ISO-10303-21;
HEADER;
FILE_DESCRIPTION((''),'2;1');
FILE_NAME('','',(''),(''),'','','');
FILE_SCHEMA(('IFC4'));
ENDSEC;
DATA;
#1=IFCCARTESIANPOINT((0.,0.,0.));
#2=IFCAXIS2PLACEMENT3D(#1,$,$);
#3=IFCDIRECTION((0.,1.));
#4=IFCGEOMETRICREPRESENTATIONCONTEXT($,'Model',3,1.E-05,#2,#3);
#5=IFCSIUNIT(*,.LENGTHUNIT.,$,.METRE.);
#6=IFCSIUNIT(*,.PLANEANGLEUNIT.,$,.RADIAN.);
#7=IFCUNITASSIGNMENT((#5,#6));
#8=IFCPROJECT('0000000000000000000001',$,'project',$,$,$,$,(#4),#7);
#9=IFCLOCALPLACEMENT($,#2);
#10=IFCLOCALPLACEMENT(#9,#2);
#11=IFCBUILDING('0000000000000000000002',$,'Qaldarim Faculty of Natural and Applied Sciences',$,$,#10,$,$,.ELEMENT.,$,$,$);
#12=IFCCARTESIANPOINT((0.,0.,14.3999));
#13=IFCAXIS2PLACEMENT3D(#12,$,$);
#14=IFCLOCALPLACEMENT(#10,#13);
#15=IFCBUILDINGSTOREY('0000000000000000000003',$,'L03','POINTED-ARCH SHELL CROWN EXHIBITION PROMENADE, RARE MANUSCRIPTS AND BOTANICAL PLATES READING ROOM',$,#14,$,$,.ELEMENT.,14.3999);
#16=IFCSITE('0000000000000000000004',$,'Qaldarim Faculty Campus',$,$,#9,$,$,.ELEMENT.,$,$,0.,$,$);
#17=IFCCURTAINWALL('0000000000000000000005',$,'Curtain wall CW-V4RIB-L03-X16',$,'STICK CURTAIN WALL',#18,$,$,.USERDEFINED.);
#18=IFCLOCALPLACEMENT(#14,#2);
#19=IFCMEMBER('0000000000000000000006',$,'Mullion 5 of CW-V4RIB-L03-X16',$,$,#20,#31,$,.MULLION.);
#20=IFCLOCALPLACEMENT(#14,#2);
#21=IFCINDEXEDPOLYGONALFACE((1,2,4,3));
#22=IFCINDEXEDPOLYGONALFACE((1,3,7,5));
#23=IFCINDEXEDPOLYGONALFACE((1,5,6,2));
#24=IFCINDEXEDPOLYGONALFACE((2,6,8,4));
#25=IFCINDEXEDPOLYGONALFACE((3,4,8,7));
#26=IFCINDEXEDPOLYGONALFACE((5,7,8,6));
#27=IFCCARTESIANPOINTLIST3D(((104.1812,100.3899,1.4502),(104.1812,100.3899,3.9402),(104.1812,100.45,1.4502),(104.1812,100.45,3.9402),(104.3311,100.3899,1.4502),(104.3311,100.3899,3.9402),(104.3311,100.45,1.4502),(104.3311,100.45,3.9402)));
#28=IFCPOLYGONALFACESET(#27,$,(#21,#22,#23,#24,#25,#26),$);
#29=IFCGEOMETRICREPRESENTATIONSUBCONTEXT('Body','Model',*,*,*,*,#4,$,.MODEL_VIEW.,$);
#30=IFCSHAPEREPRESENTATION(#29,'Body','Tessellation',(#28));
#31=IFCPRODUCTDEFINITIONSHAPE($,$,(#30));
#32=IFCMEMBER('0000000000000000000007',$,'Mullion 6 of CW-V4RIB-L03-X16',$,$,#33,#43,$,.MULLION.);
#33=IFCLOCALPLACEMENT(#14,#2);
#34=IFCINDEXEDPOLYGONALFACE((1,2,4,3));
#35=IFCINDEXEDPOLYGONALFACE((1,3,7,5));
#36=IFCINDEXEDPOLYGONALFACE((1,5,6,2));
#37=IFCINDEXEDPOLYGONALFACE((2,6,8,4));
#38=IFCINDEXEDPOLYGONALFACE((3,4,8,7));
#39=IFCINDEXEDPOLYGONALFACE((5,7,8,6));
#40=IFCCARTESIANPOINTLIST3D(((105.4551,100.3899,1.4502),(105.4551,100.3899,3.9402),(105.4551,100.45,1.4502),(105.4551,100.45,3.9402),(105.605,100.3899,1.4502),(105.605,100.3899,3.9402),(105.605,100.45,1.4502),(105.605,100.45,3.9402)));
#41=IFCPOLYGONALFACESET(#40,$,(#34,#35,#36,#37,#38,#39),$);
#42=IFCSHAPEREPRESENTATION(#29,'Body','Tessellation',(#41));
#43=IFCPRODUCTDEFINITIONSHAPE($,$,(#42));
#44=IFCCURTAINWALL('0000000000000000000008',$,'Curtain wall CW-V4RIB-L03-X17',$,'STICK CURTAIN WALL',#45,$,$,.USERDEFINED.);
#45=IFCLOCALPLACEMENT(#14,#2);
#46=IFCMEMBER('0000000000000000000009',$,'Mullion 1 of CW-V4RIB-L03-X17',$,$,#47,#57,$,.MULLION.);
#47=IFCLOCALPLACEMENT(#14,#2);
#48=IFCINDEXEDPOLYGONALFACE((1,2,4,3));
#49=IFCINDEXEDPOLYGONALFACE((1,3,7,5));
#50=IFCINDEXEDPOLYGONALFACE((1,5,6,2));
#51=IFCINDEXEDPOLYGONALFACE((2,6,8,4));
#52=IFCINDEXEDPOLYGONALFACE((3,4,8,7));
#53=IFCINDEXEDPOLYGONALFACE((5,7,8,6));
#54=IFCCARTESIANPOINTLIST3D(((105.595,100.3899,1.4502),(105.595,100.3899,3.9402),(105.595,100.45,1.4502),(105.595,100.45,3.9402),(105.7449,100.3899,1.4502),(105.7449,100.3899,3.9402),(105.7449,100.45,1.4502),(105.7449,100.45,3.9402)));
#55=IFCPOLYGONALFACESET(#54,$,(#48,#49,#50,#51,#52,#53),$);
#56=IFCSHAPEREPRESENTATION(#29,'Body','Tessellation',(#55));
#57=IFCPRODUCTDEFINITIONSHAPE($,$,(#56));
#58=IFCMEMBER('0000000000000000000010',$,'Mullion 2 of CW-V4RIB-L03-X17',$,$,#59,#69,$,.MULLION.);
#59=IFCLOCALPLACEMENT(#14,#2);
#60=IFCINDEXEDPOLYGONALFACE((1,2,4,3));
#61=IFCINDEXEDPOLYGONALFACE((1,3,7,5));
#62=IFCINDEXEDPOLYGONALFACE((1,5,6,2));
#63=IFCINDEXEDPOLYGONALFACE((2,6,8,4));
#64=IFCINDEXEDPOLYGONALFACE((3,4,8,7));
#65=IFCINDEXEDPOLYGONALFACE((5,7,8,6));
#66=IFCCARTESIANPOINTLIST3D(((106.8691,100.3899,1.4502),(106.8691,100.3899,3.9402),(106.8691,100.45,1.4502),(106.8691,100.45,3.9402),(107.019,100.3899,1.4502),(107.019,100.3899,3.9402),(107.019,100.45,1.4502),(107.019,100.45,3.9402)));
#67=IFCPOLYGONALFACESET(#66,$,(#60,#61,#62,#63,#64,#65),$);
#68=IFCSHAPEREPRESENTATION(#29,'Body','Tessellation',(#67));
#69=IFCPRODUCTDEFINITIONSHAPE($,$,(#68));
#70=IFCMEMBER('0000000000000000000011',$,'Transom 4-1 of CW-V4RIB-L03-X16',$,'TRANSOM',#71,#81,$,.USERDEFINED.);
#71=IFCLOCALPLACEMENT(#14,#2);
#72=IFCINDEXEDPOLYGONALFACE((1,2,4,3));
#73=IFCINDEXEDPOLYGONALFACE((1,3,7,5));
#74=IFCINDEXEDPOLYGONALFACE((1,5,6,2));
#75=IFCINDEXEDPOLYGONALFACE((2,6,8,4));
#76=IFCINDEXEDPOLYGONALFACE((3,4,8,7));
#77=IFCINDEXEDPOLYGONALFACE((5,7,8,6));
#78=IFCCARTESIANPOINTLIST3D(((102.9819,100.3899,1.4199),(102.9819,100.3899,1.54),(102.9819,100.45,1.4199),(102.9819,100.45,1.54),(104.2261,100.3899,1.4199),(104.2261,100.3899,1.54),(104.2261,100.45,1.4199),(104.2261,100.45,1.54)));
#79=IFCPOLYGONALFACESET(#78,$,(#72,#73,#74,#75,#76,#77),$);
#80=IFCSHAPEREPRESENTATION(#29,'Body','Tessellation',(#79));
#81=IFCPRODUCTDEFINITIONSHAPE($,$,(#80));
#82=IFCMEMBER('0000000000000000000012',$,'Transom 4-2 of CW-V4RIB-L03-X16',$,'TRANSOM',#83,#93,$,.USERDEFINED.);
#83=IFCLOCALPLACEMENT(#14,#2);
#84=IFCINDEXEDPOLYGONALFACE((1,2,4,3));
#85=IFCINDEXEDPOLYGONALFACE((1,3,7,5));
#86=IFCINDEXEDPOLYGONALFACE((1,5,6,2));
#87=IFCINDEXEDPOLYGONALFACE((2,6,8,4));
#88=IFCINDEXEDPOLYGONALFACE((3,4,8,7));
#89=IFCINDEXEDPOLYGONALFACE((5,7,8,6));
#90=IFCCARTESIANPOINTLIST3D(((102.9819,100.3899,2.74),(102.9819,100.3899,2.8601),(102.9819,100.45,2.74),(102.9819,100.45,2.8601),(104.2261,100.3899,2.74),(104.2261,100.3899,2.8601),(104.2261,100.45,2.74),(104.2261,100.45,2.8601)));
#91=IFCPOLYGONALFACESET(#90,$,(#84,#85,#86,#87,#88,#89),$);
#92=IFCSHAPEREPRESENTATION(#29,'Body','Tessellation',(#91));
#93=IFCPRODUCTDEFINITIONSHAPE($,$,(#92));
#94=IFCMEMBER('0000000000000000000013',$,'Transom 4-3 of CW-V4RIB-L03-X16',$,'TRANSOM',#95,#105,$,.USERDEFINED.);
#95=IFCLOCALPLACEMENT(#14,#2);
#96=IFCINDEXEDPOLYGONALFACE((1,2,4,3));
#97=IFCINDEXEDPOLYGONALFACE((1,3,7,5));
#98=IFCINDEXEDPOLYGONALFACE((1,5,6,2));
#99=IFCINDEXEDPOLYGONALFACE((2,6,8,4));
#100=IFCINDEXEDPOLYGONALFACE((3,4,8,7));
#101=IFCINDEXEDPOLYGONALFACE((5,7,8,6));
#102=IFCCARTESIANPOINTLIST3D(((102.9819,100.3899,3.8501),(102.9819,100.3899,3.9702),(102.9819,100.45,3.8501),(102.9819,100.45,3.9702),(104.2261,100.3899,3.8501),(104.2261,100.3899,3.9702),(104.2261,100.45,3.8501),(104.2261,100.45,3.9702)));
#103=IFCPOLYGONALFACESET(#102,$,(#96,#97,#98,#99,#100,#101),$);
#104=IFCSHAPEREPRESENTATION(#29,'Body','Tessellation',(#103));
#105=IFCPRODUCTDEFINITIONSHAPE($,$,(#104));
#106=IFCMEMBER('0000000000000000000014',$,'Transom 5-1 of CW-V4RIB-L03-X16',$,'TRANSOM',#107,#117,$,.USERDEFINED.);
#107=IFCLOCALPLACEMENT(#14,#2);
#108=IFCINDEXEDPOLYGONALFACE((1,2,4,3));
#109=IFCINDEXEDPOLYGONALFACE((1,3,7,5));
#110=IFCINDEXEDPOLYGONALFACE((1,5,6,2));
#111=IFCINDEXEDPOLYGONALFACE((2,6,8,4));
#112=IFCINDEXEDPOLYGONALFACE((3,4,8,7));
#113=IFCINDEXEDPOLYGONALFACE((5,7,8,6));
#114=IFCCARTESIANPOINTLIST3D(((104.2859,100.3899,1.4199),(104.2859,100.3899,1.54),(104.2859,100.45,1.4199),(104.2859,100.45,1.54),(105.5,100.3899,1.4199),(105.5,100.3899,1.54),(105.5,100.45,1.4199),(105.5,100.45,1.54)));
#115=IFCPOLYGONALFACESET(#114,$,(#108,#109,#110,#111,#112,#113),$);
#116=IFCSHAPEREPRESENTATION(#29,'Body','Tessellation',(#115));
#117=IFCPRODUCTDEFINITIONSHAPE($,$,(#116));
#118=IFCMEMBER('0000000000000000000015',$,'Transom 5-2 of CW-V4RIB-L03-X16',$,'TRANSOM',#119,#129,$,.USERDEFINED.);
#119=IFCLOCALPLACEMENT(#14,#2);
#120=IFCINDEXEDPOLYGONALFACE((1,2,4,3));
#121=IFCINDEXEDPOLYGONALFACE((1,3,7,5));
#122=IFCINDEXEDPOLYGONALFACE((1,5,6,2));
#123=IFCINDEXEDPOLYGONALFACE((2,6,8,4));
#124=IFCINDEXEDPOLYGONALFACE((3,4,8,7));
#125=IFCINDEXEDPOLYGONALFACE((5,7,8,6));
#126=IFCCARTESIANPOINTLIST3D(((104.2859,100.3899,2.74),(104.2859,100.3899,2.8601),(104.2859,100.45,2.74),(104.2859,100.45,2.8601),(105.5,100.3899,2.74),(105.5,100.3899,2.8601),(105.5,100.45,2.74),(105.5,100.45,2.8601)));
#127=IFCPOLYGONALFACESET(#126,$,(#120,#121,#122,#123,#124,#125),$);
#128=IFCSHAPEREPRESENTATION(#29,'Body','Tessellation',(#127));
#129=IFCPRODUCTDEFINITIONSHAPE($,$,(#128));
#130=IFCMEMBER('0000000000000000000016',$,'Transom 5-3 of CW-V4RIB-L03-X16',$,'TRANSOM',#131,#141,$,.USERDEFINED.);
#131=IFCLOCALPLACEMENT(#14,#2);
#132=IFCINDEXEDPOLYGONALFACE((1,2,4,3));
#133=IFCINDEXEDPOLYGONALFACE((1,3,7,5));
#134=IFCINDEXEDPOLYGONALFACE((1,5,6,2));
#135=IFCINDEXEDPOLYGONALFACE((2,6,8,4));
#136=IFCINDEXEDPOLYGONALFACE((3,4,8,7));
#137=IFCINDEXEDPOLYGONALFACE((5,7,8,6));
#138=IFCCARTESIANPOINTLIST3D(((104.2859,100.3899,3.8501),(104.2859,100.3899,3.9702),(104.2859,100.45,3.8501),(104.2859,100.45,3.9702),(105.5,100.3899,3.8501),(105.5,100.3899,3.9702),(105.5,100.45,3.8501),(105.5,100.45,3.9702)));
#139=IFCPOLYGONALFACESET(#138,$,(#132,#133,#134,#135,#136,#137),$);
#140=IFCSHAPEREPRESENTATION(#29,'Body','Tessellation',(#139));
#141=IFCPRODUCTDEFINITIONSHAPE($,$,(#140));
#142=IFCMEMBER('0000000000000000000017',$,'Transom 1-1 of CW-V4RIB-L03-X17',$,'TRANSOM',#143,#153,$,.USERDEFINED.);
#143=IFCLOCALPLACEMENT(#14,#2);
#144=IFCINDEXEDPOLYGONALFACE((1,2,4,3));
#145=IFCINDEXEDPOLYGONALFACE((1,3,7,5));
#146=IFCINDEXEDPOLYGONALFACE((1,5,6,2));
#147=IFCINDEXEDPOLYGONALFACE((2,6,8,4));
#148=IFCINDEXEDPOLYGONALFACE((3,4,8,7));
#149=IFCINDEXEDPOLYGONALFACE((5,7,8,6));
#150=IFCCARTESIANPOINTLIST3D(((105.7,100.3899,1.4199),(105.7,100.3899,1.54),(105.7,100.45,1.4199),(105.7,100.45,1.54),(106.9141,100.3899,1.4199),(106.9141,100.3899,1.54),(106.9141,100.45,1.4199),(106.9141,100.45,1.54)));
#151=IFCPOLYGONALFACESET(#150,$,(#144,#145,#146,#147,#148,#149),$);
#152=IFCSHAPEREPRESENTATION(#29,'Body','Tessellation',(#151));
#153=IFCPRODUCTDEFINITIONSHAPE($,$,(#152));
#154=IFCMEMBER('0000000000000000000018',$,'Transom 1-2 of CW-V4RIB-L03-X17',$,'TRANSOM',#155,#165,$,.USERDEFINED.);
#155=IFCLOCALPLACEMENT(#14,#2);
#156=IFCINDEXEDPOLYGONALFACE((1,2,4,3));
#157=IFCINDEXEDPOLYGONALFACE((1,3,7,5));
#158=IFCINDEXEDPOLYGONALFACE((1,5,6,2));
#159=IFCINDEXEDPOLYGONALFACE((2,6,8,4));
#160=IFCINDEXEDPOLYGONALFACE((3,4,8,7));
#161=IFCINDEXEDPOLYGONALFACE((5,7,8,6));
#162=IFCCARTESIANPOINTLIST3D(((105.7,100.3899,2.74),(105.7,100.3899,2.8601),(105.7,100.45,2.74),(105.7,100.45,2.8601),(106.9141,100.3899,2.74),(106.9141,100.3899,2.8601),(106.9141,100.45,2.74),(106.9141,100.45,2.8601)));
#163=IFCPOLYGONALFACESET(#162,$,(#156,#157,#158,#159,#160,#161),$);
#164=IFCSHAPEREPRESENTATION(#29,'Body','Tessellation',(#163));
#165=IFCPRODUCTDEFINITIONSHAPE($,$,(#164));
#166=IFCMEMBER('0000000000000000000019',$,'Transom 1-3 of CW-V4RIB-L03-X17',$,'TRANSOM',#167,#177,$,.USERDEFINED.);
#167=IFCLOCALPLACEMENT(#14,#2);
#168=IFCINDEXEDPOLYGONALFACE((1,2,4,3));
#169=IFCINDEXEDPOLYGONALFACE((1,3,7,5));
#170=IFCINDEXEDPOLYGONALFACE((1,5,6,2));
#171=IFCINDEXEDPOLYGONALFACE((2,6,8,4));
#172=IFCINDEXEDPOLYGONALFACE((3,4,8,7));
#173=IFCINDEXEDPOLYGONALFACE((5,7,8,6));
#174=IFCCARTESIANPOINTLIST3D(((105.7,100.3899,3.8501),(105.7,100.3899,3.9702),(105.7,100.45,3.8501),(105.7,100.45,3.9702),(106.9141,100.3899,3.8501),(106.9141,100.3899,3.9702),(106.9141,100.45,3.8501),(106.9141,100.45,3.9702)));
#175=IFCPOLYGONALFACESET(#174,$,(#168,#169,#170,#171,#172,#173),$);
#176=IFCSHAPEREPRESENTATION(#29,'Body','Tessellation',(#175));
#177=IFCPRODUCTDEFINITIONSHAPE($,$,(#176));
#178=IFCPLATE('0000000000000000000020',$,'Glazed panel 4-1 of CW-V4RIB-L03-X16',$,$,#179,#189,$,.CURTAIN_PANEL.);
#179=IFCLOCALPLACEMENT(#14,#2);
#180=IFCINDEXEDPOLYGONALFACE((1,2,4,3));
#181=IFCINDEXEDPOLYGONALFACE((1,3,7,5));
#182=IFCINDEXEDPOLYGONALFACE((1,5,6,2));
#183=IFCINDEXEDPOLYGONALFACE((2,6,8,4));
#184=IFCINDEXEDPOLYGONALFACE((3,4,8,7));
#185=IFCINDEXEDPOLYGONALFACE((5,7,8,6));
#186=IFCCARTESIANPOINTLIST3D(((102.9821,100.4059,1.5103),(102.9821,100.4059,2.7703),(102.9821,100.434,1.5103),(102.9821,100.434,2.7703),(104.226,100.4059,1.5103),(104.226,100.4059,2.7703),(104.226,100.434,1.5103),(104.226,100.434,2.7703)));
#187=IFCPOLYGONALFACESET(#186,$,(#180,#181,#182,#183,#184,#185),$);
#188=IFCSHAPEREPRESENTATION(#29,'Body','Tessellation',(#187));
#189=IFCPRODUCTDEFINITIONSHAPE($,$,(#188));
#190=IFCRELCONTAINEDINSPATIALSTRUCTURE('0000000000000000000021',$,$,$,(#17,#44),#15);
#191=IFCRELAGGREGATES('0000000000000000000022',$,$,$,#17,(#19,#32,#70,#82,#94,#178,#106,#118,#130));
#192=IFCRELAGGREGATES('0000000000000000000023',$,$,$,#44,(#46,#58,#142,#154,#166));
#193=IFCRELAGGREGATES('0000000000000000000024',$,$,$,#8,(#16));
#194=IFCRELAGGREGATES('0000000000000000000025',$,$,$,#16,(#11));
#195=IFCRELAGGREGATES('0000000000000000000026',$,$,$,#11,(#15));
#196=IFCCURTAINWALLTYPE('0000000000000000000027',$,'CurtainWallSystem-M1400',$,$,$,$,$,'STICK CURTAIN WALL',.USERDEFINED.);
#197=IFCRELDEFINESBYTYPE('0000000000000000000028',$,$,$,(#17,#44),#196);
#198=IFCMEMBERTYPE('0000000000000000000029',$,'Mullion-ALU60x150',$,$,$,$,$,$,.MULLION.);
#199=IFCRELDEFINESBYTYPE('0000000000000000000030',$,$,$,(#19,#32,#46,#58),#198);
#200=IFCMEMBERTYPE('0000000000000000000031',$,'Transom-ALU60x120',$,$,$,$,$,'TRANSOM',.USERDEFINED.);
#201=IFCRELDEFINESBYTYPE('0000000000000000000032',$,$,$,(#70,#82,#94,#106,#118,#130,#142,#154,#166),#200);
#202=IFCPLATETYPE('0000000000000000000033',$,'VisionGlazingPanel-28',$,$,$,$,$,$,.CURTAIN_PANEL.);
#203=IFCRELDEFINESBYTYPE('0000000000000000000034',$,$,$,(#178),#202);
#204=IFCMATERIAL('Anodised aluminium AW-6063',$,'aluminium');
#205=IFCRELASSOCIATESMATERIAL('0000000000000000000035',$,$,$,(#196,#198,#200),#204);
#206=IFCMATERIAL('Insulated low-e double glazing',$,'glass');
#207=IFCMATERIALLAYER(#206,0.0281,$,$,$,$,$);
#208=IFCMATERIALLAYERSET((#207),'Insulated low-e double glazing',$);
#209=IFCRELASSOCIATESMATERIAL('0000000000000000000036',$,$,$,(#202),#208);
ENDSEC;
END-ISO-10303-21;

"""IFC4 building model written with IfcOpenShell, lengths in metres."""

from ifc_helpers import new_model, si_unit, direction, frame, origin, origin_2d, place, context, subcontext, project, spatial, rectangle, extrude, material, layer, layer_set, material_profile, profile_set, type_object, element, aggregate, save


model = new_model("IFC4")

# Units and contexts
model_context = context("Model", 3, precision=1e-05, world=origin(), true_north=direction((0.0, 1.0)))
body_context = subcontext(model_context, "Body", "Model", "MODEL_VIEW")
ifc_project = project(units=[si_unit("LENGTHUNIT", "METRE"), si_unit("PLANEANGLEUNIT", "RADIAN")], contexts=[model_context])

# Site, building, storey
site_placement = place(None, origin())
site = spatial("IfcSite", under=ifc_project, at=site_placement, Name="Qaldarim Faculty Campus", CompositionType="ELEMENT", RefElevation=0.0)
building_placement = place(site_placement, origin())
building = spatial("IfcBuilding", under=site, at=building_placement, Name="Qaldarim Faculty of Natural and Applied Sciences", CompositionType="ELEMENT")
storey_placement = place(building_placement, frame((0.0, 0.0, 14.3999)))
storey = spatial("IfcBuildingStorey", under=building, at=storey_placement, Name="L03", Description="POINTED-ARCH SHELL CROWN EXHIBITION PROMENADE, RARE MANUSCRIPTS AND BOTANICAL PLATES READING ROOM", CompositionType="ELEMENT", Elevation=14.3999)

# Curtain walls, members
ifc_material_1 = material(Name="Anodised aluminium AW-6063", Category="aluminium")
curtain_wall_type = type_object("IfcCurtainWallType", Name="CurtainWallSystem-M1400", ElementType="STICK CURTAIN WALL", PredefinedType="USERDEFINED", material=ifc_material_1)
curtain_wall_1_placement = place(storey_placement, origin())
curtain_wall_1 = element("IfcCurtainWall", 1, at=curtain_wall_1_placement, inside=storey, type_object=curtain_wall_type, Name="Curtain wall CW-V4RIB-L03-X16", ObjectType="STICK CURTAIN WALL", PredefinedType="USERDEFINED")
ifc_material_profile_1 = material_profile(ifc_material_1, rectangle(XDim=0.0601, YDim=0.1499, at=origin_2d()), Name="ALU-M60x150")
ifc_profile_set_1 = profile_set([ifc_material_profile_1], Name="Anodised aluminium AW-6063")
member_type_1 = type_object("IfcMemberType", Name="Mullion-ALU60x150", PredefinedType="MULLION", material=ifc_profile_set_1)
member_1_placement = place(storey_placement, frame((104.2561, 100.4199, 1.4502), z_axis=(0.0, 0.0, 1.0), x_axis=(0.0, 1.0, 0.0)))
member_1 = element("IfcMember", 2, at=member_1_placement, type_object=member_type_1, Name="Mullion 5 of CW-V4RIB-L03-X16", PredefinedType="MULLION", context=body_context, shape_type="SweptSolid", body=[
    extrude(rectangle(XDim=0.0601, YDim=0.1499, at=origin_2d()), origin(), (0.0, 0.0, 1.0), 2.49),
])
member_2_placement = place(storey_placement, frame((105.53, 100.4199, 1.4502), z_axis=(0.0, 0.0, 1.0), x_axis=(0.0, 1.0, 0.0)))
member_2 = element("IfcMember", 3, at=member_2_placement, type_object=member_type_1, Name="Mullion 6 of CW-V4RIB-L03-X16", PredefinedType="MULLION", context=body_context, shape_type="SweptSolid", body=[
    extrude(rectangle(XDim=0.0601, YDim=0.1499, at=origin_2d()), origin(), (0.0, 0.0, 1.0), 2.49),
])
curtain_wall_2_placement = place(storey_placement, origin())
curtain_wall_2 = element("IfcCurtainWall", 4, at=curtain_wall_2_placement, inside=storey, type_object=curtain_wall_type, Name="Curtain wall CW-V4RIB-L03-X17", ObjectType="STICK CURTAIN WALL", PredefinedType="USERDEFINED")
member_3_placement = place(storey_placement, frame((105.6699, 100.4199, 1.4502), z_axis=(0.0, 0.0, 1.0), x_axis=(0.0, 1.0, 0.0)))
member_3 = element("IfcMember", 5, at=member_3_placement, type_object=member_type_1, Name="Mullion 1 of CW-V4RIB-L03-X17", PredefinedType="MULLION", context=body_context, shape_type="SweptSolid", body=[
    extrude(rectangle(XDim=0.0601, YDim=0.1499, at=origin_2d()), origin(), (0.0, 0.0, 1.0), 2.49),
])
member_4_placement = place(storey_placement, frame((106.9441, 100.4199, 1.4502), z_axis=(0.0, 0.0, 1.0), x_axis=(0.0, 1.0, 0.0)))
member_4 = element("IfcMember", 6, at=member_4_placement, type_object=member_type_1, Name="Mullion 2 of CW-V4RIB-L03-X17", PredefinedType="MULLION", context=body_context, shape_type="SweptSolid", body=[
    extrude(rectangle(XDim=0.0601, YDim=0.1499, at=origin_2d()), origin(), (0.0, 0.0, 1.0), 2.49),
])

# Members
ifc_material_profile_2 = material_profile(ifc_material_1, rectangle(XDim=0.0601, YDim=0.1201, at=origin_2d()), Name="ALU-T60x120")
ifc_profile_set_2 = profile_set([ifc_material_profile_2], Name="Anodised aluminium AW-6063")
member_type_2 = type_object("IfcMemberType", Name="Transom-ALU60x120", ElementType="TRANSOM", PredefinedType="USERDEFINED", material=ifc_profile_set_2)
member_5_placement = place(storey_placement, frame((102.9819, 100.4199, 1.48), z_axis=(1.0, 0.0, 0.0), x_axis=(0.0, 1.0, 0.0)))
member_5 = element("IfcMember", 7, at=member_5_placement, type_object=member_type_2, Name="Transom 4-1 of CW-V4RIB-L03-X16", ObjectType="TRANSOM", PredefinedType="USERDEFINED", context=body_context, shape_type="SweptSolid", body=[
    extrude(rectangle(XDim=0.0601, YDim=0.1201, at=origin_2d()), origin(), (0.0, 0.0, 1.0), 1.2441),
])
member_6_placement = place(storey_placement, frame((102.9819, 100.4199, 2.8), z_axis=(1.0, 0.0, 0.0), x_axis=(0.0, 1.0, 0.0)))
member_6 = element("IfcMember", 8, at=member_6_placement, type_object=member_type_2, Name="Transom 4-2 of CW-V4RIB-L03-X16", ObjectType="TRANSOM", PredefinedType="USERDEFINED", context=body_context, shape_type="SweptSolid", body=[
    extrude(rectangle(XDim=0.0601, YDim=0.1201, at=origin_2d()), origin(), (0.0, 0.0, 1.0), 1.2441),
])
member_7_placement = place(storey_placement, frame((102.9819, 100.4199, 3.9102), z_axis=(1.0, 0.0, 0.0), x_axis=(0.0, 1.0, 0.0)))
member_7 = element("IfcMember", 9, at=member_7_placement, type_object=member_type_2, Name="Transom 4-3 of CW-V4RIB-L03-X16", ObjectType="TRANSOM", PredefinedType="USERDEFINED", context=body_context, shape_type="SweptSolid", body=[
    extrude(rectangle(XDim=0.0601, YDim=0.1201, at=origin_2d()), origin(), (0.0, 0.0, 1.0), 1.2441),
])
member_8_placement = place(storey_placement, frame((104.2859, 100.4199, 1.48), z_axis=(1.0, 0.0, 0.0), x_axis=(0.0, 1.0, 0.0)))
member_8 = element("IfcMember", 10, at=member_8_placement, type_object=member_type_2, Name="Transom 5-1 of CW-V4RIB-L03-X16", ObjectType="TRANSOM", PredefinedType="USERDEFINED", context=body_context, shape_type="SweptSolid", body=[
    extrude(rectangle(XDim=0.0601, YDim=0.1201, at=origin_2d()), origin(), (0.0, 0.0, 1.0), 1.2141),
])
member_9_placement = place(storey_placement, frame((104.2859, 100.4199, 2.8), z_axis=(1.0, 0.0, 0.0), x_axis=(0.0, 1.0, 0.0)))
member_9 = element("IfcMember", 11, at=member_9_placement, type_object=member_type_2, Name="Transom 5-2 of CW-V4RIB-L03-X16", ObjectType="TRANSOM", PredefinedType="USERDEFINED", context=body_context, shape_type="SweptSolid", body=[
    extrude(rectangle(XDim=0.0601, YDim=0.1201, at=origin_2d()), origin(), (0.0, 0.0, 1.0), 1.2141),
])
member_10_placement = place(storey_placement, frame((104.2859, 100.4199, 3.9102), z_axis=(1.0, 0.0, 0.0), x_axis=(0.0, 1.0, 0.0)))
member_10 = element("IfcMember", 12, at=member_10_placement, type_object=member_type_2, Name="Transom 5-3 of CW-V4RIB-L03-X16", ObjectType="TRANSOM", PredefinedType="USERDEFINED", context=body_context, shape_type="SweptSolid", body=[
    extrude(rectangle(XDim=0.0601, YDim=0.1201, at=origin_2d()), origin(), (0.0, 0.0, 1.0), 1.2141),
])
member_11_placement = place(storey_placement, frame((105.7, 100.4199, 1.48), z_axis=(1.0, 0.0, 0.0), x_axis=(0.0, 1.0, 0.0)))
member_11 = element("IfcMember", 13, at=member_11_placement, type_object=member_type_2, Name="Transom 1-1 of CW-V4RIB-L03-X17", ObjectType="TRANSOM", PredefinedType="USERDEFINED", context=body_context, shape_type="SweptSolid", body=[
    extrude(rectangle(XDim=0.0601, YDim=0.1201, at=origin_2d()), origin(), (0.0, 0.0, 1.0), 1.2141),
])
member_12_placement = place(storey_placement, frame((105.7, 100.4199, 2.8), z_axis=(1.0, 0.0, 0.0), x_axis=(0.0, 1.0, 0.0)))
member_12 = element("IfcMember", 14, at=member_12_placement, type_object=member_type_2, Name="Transom 1-2 of CW-V4RIB-L03-X17", ObjectType="TRANSOM", PredefinedType="USERDEFINED", context=body_context, shape_type="SweptSolid", body=[
    extrude(rectangle(XDim=0.0601, YDim=0.1201, at=origin_2d()), origin(), (0.0, 0.0, 1.0), 1.2141),
])
member_13_placement = place(storey_placement, frame((105.7, 100.4199, 3.9102), z_axis=(1.0, 0.0, 0.0), x_axis=(0.0, 1.0, 0.0)))
member_13 = element("IfcMember", 15, at=member_13_placement, type_object=member_type_2, Name="Transom 1-3 of CW-V4RIB-L03-X17", ObjectType="TRANSOM", PredefinedType="USERDEFINED", context=body_context, shape_type="SweptSolid", body=[
    extrude(rectangle(XDim=0.0601, YDim=0.1201, at=origin_2d()), origin(), (0.0, 0.0, 1.0), 1.2141),
])

# Plate
ifc_material_2 = material(Name="Insulated low-e double glazing", Category="glass")
ifc_layer_1 = layer(ifc_material_2, 0.0281)
ifc_layer_set_1 = layer_set([ifc_layer_1], Name="Insulated low-e double glazing")
plate_type = type_object("IfcPlateType", Name="VisionGlazingPanel-28", PredefinedType="CURTAIN_PANEL", material=ifc_layer_set_1)
plate_1_placement = place(storey_placement, frame((103.604, 100.4199, 1.5103), z_axis=(0.0, 0.0, 1.0), x_axis=(1.0, 0.0, 0.0)))
plate_1 = element("IfcPlate", 16, at=plate_1_placement, type_object=plate_type, Name="Glazed panel 4-1 of CW-V4RIB-L03-X16", PredefinedType="CURTAIN_PANEL", context=body_context, shape_type="SweptSolid", body=[
    extrude(rectangle(XDim=1.2439, YDim=0.0281, at=origin_2d()), origin(), (0.0, 0.0, 1.0), 1.26),
])
aggregate(curtain_wall_1, [member_1, member_2, member_5, member_6, member_7, plate_1, member_8, member_9, member_10])
aggregate(curtain_wall_2, [member_3, member_4, member_11, member_12, member_13])

save(model, "model.ifc")
